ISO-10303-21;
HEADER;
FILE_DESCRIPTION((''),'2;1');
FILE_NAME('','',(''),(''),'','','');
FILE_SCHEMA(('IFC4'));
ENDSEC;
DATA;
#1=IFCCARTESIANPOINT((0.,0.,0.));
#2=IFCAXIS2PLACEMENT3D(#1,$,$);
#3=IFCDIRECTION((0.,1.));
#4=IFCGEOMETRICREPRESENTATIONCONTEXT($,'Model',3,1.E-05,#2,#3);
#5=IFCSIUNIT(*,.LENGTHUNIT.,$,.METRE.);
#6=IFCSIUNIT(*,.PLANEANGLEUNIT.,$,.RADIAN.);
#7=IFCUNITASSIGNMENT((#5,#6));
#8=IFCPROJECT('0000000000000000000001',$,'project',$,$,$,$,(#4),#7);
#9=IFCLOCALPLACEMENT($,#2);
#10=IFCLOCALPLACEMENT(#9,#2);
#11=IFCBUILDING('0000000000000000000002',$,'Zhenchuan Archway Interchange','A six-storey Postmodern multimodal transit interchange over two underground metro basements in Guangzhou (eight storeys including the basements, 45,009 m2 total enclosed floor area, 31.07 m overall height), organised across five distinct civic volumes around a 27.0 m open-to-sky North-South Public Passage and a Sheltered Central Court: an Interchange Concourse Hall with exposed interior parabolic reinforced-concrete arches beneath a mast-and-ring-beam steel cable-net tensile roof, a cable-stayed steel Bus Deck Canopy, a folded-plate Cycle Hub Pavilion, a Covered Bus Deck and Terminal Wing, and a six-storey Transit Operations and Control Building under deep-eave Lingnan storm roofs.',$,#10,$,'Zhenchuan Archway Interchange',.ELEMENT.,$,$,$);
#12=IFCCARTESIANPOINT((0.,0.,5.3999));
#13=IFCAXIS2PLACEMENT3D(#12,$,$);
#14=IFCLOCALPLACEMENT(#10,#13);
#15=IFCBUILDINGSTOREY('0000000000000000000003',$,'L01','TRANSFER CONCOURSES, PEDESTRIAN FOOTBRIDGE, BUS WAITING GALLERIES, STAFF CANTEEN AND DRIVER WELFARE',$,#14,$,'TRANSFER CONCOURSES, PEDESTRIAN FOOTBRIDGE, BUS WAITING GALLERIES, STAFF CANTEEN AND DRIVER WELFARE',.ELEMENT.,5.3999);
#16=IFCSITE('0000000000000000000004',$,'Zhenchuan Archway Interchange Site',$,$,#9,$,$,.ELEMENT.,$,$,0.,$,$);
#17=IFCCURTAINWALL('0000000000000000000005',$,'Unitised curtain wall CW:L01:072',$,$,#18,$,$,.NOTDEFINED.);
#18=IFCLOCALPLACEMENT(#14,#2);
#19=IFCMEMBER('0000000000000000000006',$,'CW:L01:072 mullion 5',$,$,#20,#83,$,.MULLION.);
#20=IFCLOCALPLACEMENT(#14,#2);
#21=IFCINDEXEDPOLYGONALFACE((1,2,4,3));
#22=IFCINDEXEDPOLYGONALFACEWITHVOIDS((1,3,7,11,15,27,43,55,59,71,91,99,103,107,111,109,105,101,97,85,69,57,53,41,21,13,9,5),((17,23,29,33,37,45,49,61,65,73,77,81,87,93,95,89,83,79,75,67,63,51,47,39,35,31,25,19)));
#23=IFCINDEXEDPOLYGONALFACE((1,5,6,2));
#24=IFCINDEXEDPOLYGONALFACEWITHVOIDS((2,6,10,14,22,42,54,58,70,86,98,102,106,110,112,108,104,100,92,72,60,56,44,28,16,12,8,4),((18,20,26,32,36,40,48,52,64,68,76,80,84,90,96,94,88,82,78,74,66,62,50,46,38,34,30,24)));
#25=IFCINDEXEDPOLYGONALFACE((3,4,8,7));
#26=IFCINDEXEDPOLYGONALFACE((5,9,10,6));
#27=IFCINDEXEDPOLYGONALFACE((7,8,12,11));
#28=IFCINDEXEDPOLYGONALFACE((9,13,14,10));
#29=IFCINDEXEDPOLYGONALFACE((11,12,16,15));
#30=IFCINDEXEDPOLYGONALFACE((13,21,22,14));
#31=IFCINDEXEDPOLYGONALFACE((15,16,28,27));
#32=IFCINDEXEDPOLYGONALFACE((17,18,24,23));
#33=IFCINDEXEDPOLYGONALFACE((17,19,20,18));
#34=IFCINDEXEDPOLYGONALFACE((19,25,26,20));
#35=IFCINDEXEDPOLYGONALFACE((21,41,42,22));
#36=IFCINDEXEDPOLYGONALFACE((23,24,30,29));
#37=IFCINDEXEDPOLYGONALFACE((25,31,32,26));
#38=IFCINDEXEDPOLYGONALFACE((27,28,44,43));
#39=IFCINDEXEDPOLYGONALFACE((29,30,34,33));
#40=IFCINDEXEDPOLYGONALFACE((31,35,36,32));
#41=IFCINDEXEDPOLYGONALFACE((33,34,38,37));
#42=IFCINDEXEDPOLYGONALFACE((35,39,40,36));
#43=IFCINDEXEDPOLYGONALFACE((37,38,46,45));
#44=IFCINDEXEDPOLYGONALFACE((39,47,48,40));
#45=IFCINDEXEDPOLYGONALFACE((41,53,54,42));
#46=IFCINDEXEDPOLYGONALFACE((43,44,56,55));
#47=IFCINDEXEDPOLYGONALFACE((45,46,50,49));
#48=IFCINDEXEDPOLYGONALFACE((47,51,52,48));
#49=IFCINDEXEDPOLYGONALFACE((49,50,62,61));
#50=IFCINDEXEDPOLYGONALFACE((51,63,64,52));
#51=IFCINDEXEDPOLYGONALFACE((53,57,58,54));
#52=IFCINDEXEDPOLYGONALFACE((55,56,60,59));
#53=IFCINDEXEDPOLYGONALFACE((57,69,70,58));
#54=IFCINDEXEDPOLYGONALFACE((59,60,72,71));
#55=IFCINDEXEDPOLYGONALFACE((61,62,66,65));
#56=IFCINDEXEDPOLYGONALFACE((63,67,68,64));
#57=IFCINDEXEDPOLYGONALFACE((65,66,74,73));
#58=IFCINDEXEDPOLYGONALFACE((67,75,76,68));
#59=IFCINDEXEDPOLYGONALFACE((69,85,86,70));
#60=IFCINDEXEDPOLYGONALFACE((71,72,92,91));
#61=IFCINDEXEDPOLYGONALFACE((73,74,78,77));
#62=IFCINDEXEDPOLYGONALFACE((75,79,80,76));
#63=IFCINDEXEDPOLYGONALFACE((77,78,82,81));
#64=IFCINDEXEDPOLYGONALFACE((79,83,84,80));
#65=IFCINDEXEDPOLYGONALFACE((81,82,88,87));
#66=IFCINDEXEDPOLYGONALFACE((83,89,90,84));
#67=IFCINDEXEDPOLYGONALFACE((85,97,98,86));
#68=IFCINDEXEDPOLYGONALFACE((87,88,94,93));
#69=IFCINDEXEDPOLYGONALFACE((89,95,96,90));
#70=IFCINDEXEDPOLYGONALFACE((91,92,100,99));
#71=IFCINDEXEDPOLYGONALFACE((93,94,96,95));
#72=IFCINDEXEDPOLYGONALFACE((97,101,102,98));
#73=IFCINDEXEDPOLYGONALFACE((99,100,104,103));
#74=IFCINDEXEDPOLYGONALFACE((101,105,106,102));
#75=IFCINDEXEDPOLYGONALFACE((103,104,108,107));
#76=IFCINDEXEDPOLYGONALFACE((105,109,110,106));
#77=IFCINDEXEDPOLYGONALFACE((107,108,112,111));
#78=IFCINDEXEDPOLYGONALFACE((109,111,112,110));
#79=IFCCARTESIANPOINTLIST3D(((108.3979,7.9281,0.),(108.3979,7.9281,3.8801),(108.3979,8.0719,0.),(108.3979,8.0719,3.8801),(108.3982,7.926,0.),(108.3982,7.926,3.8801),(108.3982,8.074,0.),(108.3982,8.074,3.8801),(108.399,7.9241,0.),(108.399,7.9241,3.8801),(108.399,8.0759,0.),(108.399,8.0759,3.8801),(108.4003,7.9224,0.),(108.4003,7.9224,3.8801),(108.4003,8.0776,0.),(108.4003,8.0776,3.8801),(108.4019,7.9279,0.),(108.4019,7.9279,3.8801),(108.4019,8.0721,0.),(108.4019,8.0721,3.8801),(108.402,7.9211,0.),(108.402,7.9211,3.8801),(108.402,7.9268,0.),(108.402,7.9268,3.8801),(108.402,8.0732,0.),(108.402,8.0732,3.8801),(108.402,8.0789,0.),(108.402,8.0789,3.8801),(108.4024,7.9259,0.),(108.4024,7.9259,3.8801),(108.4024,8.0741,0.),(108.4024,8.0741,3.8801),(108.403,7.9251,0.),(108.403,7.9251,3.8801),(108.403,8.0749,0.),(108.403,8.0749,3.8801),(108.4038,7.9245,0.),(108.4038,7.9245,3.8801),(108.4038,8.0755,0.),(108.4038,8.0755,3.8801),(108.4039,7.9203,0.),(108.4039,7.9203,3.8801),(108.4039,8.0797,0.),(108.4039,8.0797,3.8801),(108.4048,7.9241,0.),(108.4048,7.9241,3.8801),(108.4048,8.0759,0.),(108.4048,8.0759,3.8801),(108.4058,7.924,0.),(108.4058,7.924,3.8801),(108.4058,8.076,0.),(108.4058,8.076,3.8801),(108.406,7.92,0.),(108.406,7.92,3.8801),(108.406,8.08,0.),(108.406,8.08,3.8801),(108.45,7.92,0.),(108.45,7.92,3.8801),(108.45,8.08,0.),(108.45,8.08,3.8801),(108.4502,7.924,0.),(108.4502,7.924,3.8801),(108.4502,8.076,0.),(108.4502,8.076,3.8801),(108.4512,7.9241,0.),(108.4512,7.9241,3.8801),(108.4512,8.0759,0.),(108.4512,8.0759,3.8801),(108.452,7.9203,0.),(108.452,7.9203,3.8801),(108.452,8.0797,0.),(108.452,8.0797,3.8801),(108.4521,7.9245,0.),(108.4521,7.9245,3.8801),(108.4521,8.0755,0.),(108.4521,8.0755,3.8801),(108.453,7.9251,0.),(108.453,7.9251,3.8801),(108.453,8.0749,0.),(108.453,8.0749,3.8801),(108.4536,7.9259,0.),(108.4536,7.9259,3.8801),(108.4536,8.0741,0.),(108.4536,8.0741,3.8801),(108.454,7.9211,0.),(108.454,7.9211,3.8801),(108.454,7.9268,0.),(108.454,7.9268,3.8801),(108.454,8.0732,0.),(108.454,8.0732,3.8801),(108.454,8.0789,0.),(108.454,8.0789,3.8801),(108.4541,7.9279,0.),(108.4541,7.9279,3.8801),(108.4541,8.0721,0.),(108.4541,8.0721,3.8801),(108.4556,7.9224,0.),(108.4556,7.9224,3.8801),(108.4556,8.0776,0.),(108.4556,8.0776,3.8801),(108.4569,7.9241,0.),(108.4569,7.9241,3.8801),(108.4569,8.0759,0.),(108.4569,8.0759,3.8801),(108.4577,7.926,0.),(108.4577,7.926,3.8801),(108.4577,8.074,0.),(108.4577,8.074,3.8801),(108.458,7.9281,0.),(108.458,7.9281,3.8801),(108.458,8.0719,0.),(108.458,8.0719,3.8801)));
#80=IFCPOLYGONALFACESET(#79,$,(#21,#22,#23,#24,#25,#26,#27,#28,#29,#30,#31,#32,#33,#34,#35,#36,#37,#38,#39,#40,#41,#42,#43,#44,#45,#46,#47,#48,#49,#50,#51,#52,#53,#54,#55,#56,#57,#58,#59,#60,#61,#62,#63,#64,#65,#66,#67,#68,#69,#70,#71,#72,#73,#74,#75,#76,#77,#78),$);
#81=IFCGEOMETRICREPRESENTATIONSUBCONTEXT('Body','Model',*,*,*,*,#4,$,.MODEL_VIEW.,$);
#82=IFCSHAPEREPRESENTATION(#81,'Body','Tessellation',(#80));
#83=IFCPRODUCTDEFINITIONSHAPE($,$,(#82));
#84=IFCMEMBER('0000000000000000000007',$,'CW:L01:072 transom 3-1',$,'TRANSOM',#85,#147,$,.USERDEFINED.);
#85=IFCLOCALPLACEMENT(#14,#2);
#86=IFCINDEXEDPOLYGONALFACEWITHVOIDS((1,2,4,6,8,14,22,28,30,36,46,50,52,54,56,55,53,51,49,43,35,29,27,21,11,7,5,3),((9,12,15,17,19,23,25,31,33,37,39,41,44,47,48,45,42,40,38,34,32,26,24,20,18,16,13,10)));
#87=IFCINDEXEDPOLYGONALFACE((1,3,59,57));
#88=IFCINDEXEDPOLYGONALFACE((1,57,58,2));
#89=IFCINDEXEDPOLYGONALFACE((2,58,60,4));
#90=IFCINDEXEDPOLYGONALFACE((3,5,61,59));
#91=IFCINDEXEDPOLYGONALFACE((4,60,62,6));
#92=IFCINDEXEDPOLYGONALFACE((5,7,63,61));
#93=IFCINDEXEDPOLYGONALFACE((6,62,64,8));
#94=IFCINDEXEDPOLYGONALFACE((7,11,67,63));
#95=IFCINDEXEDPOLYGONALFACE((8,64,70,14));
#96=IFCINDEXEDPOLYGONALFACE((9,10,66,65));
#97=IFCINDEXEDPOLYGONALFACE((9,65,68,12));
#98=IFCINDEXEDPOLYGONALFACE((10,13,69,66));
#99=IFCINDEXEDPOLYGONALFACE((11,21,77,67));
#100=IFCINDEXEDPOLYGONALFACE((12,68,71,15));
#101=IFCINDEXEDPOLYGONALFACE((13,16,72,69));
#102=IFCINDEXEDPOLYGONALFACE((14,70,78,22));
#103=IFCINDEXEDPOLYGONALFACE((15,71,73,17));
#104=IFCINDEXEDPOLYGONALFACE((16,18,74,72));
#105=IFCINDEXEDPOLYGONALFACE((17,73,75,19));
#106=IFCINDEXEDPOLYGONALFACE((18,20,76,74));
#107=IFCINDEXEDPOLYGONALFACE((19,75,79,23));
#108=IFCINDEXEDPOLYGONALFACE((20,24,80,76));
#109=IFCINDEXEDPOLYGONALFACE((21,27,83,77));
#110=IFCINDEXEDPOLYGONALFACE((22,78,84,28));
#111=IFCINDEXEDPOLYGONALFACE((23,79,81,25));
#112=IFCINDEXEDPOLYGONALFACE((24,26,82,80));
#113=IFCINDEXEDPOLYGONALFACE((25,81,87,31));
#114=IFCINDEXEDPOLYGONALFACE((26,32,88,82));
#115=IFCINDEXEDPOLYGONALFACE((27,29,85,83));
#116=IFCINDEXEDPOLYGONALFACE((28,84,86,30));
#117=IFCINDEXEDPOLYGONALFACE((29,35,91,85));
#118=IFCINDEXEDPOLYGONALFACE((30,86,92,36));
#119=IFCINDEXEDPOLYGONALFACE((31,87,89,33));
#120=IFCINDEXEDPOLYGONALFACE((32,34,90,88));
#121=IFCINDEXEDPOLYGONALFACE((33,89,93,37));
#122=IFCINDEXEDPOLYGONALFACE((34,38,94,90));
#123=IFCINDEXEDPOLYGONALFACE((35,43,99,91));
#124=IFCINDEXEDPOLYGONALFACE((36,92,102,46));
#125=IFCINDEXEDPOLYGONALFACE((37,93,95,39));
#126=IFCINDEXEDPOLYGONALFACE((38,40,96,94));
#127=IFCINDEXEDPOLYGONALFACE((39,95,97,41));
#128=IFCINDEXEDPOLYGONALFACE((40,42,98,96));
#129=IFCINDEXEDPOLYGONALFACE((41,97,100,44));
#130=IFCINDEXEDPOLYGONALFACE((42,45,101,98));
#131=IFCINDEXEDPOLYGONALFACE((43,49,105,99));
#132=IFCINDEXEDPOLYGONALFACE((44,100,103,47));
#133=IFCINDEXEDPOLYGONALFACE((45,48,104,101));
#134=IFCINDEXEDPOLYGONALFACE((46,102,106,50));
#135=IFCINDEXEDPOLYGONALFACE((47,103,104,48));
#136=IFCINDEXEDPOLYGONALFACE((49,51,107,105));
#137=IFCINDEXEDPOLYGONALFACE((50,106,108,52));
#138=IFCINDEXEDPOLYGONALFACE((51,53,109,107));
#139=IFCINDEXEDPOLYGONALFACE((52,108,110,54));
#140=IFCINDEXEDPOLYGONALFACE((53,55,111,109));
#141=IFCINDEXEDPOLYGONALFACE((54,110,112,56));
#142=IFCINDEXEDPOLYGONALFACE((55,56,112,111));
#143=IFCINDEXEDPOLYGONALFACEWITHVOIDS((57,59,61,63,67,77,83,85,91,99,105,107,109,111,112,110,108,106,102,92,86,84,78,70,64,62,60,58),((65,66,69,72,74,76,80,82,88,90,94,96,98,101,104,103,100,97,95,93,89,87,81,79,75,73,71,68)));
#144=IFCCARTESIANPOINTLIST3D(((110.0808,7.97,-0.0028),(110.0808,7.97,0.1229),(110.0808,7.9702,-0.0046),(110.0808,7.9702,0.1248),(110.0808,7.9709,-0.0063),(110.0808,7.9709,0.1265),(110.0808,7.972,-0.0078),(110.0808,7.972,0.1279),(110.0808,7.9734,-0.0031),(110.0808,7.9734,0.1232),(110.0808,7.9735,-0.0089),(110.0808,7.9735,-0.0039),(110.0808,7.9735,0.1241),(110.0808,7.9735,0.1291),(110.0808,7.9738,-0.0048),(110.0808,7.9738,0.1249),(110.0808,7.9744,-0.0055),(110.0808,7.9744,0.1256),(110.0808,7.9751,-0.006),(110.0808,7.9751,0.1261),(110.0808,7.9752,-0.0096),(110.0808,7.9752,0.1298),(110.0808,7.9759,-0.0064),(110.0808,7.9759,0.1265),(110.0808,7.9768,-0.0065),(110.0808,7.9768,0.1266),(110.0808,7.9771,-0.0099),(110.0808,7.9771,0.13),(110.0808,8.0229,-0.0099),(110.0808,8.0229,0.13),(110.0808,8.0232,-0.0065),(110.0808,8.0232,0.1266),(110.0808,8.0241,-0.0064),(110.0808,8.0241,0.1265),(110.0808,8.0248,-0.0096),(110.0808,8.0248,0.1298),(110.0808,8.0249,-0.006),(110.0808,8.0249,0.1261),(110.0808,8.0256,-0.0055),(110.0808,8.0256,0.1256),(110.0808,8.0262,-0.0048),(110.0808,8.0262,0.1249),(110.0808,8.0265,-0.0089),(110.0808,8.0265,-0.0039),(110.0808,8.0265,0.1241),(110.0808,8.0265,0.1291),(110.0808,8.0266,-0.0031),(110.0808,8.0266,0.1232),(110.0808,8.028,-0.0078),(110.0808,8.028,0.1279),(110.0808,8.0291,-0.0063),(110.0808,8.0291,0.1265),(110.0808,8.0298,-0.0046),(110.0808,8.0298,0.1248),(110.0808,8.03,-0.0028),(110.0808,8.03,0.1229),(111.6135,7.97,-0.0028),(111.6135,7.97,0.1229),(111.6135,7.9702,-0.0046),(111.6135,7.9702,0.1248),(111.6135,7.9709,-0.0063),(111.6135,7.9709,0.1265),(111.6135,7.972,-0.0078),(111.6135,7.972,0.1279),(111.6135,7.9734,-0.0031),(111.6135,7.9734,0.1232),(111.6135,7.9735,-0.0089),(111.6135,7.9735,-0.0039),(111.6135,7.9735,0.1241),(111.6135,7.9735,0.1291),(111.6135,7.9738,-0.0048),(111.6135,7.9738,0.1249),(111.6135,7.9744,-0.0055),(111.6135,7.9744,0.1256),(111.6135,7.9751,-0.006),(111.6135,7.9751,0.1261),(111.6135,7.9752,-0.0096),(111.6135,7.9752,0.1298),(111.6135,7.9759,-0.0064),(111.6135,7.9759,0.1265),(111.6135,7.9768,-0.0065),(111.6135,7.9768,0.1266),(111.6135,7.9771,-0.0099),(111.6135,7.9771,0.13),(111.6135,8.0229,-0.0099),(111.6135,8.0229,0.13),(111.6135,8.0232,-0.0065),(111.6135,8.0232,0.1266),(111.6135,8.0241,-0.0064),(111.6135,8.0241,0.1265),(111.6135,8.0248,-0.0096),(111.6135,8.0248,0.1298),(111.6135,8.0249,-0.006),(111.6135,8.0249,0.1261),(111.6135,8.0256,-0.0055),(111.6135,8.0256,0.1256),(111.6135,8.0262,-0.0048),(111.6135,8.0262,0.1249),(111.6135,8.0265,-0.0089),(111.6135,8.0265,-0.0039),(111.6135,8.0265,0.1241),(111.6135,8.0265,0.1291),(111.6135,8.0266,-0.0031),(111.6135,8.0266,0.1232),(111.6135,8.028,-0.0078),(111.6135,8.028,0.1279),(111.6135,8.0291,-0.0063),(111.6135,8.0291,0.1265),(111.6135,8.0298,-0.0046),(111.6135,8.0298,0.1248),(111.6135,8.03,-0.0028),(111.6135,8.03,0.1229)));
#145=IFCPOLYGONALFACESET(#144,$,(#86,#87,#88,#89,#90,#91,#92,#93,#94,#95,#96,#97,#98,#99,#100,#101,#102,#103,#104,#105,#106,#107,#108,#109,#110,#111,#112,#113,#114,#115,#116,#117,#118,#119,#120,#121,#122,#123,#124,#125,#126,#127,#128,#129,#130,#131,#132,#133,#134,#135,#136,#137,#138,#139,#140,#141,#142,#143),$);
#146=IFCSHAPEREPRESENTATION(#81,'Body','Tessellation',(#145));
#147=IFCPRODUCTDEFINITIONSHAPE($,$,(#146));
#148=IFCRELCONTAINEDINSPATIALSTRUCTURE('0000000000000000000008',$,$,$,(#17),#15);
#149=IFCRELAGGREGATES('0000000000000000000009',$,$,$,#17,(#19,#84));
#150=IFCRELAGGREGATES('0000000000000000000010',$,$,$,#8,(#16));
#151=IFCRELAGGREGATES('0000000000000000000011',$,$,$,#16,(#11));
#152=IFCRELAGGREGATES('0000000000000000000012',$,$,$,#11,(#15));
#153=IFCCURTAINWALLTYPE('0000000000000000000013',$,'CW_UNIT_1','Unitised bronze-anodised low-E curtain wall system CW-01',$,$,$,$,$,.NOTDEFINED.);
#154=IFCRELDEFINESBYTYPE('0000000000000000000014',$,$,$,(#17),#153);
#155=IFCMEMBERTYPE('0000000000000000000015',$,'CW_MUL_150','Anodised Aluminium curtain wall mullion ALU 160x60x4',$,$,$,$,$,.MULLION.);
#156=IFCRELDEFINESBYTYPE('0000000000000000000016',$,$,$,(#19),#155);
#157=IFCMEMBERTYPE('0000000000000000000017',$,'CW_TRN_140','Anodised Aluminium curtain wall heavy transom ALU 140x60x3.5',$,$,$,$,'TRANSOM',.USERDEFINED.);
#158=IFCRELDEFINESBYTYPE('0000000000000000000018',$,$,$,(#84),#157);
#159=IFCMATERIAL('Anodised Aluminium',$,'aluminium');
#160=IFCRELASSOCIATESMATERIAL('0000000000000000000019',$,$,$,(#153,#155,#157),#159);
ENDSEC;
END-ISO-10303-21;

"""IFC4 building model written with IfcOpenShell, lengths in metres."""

from ifc_helpers import new_model, si_unit, direction, frame, origin, origin_2d, place, context, subcontext, project, spatial, hollow_rectangle, extrude, material, material_profile, profile_set, type_object, element, aggregate, save


model = new_model("IFC4")

# Units and contexts
model_context = context("Model", 3, precision=1e-05, world=origin(), true_north=direction((0.0, 1.0)))
body_context = subcontext(model_context, "Body", "Model", "MODEL_VIEW")
ifc_project = project(units=[si_unit("LENGTHUNIT", "METRE"), si_unit("PLANEANGLEUNIT", "RADIAN")], contexts=[model_context])

# Site, building, storey
site_placement = place(None, origin())
site = spatial("IfcSite", under=ifc_project, at=site_placement, Name="Zhenchuan Archway Interchange Site", CompositionType="ELEMENT", RefElevation=0.0)
building_placement = place(site_placement, origin())
building = spatial("IfcBuilding", under=site, at=building_placement, Name="Zhenchuan Archway Interchange", Description="A six-storey Postmodern multimodal transit interchange over two underground metro basements in Guangzhou (eight storeys including the basements, 45,009 m2 total enclosed floor area, 31.07 m overall height), organised across five distinct civic volumes around a 27.0 m open-to-sky North-South Public Passage and a Sheltered Central Court: an Interchange Concourse Hall with exposed interior parabolic reinforced-concrete arches beneath a mast-and-ring-beam steel cable-net tensile roof, a cable-stayed steel Bus Deck Canopy, a folded-plate Cycle Hub Pavilion, a Covered Bus Deck and Terminal Wing, and a six-storey Transit Operations and Control Building under deep-eave Lingnan storm roofs.", LongName="Zhenchuan Archway Interchange", CompositionType="ELEMENT")
storey_placement = place(building_placement, frame((0.0, 0.0, 5.3999)))
storey = spatial("IfcBuildingStorey", under=building, at=storey_placement, Name="L01", Description="TRANSFER CONCOURSES, PEDESTRIAN FOOTBRIDGE, BUS WAITING GALLERIES, STAFF CANTEEN AND DRIVER WELFARE", LongName="TRANSFER CONCOURSES, PEDESTRIAN FOOTBRIDGE, BUS WAITING GALLERIES, STAFF CANTEEN AND DRIVER WELFARE", CompositionType="ELEMENT", Elevation=5.3999)

# Curtain wall, members
ifc_material_1 = material(Name="Anodised Aluminium", Category="aluminium")
curtain_wall_type = type_object("IfcCurtainWallType", Name="CW_UNIT_1", Description="Unitised bronze-anodised low-E curtain wall system CW-01", PredefinedType="NOTDEFINED", material=ifc_material_1)
curtain_wall_placement = place(storey_placement, origin())
curtain_wall = element("IfcCurtainWall", 1, at=curtain_wall_placement, inside=storey, type_object=curtain_wall_type, Name="Unitised curtain wall CW:L01:072", PredefinedType="NOTDEFINED")
ifc_material_profile_1 = material_profile(ifc_material_1, hollow_rectangle(XDim=0.0601, YDim=0.1599, WallThickness=0.0039, InnerFilletRadius=0.0039, OuterFilletRadius=0.0081, at=origin_2d()), Name="ALU 160x60x4")
ifc_profile_set_1 = profile_set([ifc_material_profile_1], Name="Anodised Aluminium")
member_type_1 = type_object("IfcMemberType", Name="CW_MUL_150", Description="Anodised Aluminium curtain wall mullion ALU 160x60x4", PredefinedType="MULLION", material=ifc_profile_set_1)
member_1_placement = place(storey_placement, frame((108.428, 8.0, 0.0), z_axis=(0.0, 0.0, 1.0), x_axis=(1.0, 0.0, 0.0)))
member_1 = element("IfcMember", 2, at=member_1_placement, type_object=member_type_1, Name="CW:L01:072 mullion 5", PredefinedType="MULLION", context=body_context, shape_type="SweptSolid", body=[
    extrude(hollow_rectangle(XDim=0.0601, YDim=0.1599, WallThickness=0.0039, InnerFilletRadius=0.0039, OuterFilletRadius=0.0081, at=origin_2d()), origin(), (0.0, 0.0, 1.0), 3.8801),
])
ifc_material_profile_2 = material_profile(ifc_material_1, hollow_rectangle(XDim=0.0601, YDim=0.1399, WallThickness=0.0034, InnerFilletRadius=0.0034, OuterFilletRadius=0.0071, at=origin_2d()), Name="ALU 140x60x3.5")
ifc_profile_set_2 = profile_set([ifc_material_profile_2], Name="Anodised Aluminium")
member_type_2 = type_object("IfcMemberType", Name="CW_TRN_140", Description="Anodised Aluminium curtain wall heavy transom ALU 140x60x3.5", ElementType="TRANSOM", PredefinedType="USERDEFINED", material=ifc_profile_set_2)
member_2_placement = place(storey_placement, frame((111.6135, 8.0, 0.0601), z_axis=(-1.0, 0.0, 0.0), x_axis=(0.0, -1.0, 0.0)))
member_2 = element("IfcMember", 3, at=member_2_placement, type_object=member_type_2, Name="CW:L01:072 transom 3-1", ObjectType="TRANSOM", PredefinedType="USERDEFINED", context=body_context, shape_type="SweptSolid", body=[
    extrude(hollow_rectangle(XDim=0.0601, YDim=0.1399, WallThickness=0.0034, InnerFilletRadius=0.0034, OuterFilletRadius=0.0071, at=origin_2d()), origin(), (0.0, 0.0, 1.0), 1.5327),
])

aggregate(curtain_wall, [member_1, member_2])

save(model, "model.ifc")
